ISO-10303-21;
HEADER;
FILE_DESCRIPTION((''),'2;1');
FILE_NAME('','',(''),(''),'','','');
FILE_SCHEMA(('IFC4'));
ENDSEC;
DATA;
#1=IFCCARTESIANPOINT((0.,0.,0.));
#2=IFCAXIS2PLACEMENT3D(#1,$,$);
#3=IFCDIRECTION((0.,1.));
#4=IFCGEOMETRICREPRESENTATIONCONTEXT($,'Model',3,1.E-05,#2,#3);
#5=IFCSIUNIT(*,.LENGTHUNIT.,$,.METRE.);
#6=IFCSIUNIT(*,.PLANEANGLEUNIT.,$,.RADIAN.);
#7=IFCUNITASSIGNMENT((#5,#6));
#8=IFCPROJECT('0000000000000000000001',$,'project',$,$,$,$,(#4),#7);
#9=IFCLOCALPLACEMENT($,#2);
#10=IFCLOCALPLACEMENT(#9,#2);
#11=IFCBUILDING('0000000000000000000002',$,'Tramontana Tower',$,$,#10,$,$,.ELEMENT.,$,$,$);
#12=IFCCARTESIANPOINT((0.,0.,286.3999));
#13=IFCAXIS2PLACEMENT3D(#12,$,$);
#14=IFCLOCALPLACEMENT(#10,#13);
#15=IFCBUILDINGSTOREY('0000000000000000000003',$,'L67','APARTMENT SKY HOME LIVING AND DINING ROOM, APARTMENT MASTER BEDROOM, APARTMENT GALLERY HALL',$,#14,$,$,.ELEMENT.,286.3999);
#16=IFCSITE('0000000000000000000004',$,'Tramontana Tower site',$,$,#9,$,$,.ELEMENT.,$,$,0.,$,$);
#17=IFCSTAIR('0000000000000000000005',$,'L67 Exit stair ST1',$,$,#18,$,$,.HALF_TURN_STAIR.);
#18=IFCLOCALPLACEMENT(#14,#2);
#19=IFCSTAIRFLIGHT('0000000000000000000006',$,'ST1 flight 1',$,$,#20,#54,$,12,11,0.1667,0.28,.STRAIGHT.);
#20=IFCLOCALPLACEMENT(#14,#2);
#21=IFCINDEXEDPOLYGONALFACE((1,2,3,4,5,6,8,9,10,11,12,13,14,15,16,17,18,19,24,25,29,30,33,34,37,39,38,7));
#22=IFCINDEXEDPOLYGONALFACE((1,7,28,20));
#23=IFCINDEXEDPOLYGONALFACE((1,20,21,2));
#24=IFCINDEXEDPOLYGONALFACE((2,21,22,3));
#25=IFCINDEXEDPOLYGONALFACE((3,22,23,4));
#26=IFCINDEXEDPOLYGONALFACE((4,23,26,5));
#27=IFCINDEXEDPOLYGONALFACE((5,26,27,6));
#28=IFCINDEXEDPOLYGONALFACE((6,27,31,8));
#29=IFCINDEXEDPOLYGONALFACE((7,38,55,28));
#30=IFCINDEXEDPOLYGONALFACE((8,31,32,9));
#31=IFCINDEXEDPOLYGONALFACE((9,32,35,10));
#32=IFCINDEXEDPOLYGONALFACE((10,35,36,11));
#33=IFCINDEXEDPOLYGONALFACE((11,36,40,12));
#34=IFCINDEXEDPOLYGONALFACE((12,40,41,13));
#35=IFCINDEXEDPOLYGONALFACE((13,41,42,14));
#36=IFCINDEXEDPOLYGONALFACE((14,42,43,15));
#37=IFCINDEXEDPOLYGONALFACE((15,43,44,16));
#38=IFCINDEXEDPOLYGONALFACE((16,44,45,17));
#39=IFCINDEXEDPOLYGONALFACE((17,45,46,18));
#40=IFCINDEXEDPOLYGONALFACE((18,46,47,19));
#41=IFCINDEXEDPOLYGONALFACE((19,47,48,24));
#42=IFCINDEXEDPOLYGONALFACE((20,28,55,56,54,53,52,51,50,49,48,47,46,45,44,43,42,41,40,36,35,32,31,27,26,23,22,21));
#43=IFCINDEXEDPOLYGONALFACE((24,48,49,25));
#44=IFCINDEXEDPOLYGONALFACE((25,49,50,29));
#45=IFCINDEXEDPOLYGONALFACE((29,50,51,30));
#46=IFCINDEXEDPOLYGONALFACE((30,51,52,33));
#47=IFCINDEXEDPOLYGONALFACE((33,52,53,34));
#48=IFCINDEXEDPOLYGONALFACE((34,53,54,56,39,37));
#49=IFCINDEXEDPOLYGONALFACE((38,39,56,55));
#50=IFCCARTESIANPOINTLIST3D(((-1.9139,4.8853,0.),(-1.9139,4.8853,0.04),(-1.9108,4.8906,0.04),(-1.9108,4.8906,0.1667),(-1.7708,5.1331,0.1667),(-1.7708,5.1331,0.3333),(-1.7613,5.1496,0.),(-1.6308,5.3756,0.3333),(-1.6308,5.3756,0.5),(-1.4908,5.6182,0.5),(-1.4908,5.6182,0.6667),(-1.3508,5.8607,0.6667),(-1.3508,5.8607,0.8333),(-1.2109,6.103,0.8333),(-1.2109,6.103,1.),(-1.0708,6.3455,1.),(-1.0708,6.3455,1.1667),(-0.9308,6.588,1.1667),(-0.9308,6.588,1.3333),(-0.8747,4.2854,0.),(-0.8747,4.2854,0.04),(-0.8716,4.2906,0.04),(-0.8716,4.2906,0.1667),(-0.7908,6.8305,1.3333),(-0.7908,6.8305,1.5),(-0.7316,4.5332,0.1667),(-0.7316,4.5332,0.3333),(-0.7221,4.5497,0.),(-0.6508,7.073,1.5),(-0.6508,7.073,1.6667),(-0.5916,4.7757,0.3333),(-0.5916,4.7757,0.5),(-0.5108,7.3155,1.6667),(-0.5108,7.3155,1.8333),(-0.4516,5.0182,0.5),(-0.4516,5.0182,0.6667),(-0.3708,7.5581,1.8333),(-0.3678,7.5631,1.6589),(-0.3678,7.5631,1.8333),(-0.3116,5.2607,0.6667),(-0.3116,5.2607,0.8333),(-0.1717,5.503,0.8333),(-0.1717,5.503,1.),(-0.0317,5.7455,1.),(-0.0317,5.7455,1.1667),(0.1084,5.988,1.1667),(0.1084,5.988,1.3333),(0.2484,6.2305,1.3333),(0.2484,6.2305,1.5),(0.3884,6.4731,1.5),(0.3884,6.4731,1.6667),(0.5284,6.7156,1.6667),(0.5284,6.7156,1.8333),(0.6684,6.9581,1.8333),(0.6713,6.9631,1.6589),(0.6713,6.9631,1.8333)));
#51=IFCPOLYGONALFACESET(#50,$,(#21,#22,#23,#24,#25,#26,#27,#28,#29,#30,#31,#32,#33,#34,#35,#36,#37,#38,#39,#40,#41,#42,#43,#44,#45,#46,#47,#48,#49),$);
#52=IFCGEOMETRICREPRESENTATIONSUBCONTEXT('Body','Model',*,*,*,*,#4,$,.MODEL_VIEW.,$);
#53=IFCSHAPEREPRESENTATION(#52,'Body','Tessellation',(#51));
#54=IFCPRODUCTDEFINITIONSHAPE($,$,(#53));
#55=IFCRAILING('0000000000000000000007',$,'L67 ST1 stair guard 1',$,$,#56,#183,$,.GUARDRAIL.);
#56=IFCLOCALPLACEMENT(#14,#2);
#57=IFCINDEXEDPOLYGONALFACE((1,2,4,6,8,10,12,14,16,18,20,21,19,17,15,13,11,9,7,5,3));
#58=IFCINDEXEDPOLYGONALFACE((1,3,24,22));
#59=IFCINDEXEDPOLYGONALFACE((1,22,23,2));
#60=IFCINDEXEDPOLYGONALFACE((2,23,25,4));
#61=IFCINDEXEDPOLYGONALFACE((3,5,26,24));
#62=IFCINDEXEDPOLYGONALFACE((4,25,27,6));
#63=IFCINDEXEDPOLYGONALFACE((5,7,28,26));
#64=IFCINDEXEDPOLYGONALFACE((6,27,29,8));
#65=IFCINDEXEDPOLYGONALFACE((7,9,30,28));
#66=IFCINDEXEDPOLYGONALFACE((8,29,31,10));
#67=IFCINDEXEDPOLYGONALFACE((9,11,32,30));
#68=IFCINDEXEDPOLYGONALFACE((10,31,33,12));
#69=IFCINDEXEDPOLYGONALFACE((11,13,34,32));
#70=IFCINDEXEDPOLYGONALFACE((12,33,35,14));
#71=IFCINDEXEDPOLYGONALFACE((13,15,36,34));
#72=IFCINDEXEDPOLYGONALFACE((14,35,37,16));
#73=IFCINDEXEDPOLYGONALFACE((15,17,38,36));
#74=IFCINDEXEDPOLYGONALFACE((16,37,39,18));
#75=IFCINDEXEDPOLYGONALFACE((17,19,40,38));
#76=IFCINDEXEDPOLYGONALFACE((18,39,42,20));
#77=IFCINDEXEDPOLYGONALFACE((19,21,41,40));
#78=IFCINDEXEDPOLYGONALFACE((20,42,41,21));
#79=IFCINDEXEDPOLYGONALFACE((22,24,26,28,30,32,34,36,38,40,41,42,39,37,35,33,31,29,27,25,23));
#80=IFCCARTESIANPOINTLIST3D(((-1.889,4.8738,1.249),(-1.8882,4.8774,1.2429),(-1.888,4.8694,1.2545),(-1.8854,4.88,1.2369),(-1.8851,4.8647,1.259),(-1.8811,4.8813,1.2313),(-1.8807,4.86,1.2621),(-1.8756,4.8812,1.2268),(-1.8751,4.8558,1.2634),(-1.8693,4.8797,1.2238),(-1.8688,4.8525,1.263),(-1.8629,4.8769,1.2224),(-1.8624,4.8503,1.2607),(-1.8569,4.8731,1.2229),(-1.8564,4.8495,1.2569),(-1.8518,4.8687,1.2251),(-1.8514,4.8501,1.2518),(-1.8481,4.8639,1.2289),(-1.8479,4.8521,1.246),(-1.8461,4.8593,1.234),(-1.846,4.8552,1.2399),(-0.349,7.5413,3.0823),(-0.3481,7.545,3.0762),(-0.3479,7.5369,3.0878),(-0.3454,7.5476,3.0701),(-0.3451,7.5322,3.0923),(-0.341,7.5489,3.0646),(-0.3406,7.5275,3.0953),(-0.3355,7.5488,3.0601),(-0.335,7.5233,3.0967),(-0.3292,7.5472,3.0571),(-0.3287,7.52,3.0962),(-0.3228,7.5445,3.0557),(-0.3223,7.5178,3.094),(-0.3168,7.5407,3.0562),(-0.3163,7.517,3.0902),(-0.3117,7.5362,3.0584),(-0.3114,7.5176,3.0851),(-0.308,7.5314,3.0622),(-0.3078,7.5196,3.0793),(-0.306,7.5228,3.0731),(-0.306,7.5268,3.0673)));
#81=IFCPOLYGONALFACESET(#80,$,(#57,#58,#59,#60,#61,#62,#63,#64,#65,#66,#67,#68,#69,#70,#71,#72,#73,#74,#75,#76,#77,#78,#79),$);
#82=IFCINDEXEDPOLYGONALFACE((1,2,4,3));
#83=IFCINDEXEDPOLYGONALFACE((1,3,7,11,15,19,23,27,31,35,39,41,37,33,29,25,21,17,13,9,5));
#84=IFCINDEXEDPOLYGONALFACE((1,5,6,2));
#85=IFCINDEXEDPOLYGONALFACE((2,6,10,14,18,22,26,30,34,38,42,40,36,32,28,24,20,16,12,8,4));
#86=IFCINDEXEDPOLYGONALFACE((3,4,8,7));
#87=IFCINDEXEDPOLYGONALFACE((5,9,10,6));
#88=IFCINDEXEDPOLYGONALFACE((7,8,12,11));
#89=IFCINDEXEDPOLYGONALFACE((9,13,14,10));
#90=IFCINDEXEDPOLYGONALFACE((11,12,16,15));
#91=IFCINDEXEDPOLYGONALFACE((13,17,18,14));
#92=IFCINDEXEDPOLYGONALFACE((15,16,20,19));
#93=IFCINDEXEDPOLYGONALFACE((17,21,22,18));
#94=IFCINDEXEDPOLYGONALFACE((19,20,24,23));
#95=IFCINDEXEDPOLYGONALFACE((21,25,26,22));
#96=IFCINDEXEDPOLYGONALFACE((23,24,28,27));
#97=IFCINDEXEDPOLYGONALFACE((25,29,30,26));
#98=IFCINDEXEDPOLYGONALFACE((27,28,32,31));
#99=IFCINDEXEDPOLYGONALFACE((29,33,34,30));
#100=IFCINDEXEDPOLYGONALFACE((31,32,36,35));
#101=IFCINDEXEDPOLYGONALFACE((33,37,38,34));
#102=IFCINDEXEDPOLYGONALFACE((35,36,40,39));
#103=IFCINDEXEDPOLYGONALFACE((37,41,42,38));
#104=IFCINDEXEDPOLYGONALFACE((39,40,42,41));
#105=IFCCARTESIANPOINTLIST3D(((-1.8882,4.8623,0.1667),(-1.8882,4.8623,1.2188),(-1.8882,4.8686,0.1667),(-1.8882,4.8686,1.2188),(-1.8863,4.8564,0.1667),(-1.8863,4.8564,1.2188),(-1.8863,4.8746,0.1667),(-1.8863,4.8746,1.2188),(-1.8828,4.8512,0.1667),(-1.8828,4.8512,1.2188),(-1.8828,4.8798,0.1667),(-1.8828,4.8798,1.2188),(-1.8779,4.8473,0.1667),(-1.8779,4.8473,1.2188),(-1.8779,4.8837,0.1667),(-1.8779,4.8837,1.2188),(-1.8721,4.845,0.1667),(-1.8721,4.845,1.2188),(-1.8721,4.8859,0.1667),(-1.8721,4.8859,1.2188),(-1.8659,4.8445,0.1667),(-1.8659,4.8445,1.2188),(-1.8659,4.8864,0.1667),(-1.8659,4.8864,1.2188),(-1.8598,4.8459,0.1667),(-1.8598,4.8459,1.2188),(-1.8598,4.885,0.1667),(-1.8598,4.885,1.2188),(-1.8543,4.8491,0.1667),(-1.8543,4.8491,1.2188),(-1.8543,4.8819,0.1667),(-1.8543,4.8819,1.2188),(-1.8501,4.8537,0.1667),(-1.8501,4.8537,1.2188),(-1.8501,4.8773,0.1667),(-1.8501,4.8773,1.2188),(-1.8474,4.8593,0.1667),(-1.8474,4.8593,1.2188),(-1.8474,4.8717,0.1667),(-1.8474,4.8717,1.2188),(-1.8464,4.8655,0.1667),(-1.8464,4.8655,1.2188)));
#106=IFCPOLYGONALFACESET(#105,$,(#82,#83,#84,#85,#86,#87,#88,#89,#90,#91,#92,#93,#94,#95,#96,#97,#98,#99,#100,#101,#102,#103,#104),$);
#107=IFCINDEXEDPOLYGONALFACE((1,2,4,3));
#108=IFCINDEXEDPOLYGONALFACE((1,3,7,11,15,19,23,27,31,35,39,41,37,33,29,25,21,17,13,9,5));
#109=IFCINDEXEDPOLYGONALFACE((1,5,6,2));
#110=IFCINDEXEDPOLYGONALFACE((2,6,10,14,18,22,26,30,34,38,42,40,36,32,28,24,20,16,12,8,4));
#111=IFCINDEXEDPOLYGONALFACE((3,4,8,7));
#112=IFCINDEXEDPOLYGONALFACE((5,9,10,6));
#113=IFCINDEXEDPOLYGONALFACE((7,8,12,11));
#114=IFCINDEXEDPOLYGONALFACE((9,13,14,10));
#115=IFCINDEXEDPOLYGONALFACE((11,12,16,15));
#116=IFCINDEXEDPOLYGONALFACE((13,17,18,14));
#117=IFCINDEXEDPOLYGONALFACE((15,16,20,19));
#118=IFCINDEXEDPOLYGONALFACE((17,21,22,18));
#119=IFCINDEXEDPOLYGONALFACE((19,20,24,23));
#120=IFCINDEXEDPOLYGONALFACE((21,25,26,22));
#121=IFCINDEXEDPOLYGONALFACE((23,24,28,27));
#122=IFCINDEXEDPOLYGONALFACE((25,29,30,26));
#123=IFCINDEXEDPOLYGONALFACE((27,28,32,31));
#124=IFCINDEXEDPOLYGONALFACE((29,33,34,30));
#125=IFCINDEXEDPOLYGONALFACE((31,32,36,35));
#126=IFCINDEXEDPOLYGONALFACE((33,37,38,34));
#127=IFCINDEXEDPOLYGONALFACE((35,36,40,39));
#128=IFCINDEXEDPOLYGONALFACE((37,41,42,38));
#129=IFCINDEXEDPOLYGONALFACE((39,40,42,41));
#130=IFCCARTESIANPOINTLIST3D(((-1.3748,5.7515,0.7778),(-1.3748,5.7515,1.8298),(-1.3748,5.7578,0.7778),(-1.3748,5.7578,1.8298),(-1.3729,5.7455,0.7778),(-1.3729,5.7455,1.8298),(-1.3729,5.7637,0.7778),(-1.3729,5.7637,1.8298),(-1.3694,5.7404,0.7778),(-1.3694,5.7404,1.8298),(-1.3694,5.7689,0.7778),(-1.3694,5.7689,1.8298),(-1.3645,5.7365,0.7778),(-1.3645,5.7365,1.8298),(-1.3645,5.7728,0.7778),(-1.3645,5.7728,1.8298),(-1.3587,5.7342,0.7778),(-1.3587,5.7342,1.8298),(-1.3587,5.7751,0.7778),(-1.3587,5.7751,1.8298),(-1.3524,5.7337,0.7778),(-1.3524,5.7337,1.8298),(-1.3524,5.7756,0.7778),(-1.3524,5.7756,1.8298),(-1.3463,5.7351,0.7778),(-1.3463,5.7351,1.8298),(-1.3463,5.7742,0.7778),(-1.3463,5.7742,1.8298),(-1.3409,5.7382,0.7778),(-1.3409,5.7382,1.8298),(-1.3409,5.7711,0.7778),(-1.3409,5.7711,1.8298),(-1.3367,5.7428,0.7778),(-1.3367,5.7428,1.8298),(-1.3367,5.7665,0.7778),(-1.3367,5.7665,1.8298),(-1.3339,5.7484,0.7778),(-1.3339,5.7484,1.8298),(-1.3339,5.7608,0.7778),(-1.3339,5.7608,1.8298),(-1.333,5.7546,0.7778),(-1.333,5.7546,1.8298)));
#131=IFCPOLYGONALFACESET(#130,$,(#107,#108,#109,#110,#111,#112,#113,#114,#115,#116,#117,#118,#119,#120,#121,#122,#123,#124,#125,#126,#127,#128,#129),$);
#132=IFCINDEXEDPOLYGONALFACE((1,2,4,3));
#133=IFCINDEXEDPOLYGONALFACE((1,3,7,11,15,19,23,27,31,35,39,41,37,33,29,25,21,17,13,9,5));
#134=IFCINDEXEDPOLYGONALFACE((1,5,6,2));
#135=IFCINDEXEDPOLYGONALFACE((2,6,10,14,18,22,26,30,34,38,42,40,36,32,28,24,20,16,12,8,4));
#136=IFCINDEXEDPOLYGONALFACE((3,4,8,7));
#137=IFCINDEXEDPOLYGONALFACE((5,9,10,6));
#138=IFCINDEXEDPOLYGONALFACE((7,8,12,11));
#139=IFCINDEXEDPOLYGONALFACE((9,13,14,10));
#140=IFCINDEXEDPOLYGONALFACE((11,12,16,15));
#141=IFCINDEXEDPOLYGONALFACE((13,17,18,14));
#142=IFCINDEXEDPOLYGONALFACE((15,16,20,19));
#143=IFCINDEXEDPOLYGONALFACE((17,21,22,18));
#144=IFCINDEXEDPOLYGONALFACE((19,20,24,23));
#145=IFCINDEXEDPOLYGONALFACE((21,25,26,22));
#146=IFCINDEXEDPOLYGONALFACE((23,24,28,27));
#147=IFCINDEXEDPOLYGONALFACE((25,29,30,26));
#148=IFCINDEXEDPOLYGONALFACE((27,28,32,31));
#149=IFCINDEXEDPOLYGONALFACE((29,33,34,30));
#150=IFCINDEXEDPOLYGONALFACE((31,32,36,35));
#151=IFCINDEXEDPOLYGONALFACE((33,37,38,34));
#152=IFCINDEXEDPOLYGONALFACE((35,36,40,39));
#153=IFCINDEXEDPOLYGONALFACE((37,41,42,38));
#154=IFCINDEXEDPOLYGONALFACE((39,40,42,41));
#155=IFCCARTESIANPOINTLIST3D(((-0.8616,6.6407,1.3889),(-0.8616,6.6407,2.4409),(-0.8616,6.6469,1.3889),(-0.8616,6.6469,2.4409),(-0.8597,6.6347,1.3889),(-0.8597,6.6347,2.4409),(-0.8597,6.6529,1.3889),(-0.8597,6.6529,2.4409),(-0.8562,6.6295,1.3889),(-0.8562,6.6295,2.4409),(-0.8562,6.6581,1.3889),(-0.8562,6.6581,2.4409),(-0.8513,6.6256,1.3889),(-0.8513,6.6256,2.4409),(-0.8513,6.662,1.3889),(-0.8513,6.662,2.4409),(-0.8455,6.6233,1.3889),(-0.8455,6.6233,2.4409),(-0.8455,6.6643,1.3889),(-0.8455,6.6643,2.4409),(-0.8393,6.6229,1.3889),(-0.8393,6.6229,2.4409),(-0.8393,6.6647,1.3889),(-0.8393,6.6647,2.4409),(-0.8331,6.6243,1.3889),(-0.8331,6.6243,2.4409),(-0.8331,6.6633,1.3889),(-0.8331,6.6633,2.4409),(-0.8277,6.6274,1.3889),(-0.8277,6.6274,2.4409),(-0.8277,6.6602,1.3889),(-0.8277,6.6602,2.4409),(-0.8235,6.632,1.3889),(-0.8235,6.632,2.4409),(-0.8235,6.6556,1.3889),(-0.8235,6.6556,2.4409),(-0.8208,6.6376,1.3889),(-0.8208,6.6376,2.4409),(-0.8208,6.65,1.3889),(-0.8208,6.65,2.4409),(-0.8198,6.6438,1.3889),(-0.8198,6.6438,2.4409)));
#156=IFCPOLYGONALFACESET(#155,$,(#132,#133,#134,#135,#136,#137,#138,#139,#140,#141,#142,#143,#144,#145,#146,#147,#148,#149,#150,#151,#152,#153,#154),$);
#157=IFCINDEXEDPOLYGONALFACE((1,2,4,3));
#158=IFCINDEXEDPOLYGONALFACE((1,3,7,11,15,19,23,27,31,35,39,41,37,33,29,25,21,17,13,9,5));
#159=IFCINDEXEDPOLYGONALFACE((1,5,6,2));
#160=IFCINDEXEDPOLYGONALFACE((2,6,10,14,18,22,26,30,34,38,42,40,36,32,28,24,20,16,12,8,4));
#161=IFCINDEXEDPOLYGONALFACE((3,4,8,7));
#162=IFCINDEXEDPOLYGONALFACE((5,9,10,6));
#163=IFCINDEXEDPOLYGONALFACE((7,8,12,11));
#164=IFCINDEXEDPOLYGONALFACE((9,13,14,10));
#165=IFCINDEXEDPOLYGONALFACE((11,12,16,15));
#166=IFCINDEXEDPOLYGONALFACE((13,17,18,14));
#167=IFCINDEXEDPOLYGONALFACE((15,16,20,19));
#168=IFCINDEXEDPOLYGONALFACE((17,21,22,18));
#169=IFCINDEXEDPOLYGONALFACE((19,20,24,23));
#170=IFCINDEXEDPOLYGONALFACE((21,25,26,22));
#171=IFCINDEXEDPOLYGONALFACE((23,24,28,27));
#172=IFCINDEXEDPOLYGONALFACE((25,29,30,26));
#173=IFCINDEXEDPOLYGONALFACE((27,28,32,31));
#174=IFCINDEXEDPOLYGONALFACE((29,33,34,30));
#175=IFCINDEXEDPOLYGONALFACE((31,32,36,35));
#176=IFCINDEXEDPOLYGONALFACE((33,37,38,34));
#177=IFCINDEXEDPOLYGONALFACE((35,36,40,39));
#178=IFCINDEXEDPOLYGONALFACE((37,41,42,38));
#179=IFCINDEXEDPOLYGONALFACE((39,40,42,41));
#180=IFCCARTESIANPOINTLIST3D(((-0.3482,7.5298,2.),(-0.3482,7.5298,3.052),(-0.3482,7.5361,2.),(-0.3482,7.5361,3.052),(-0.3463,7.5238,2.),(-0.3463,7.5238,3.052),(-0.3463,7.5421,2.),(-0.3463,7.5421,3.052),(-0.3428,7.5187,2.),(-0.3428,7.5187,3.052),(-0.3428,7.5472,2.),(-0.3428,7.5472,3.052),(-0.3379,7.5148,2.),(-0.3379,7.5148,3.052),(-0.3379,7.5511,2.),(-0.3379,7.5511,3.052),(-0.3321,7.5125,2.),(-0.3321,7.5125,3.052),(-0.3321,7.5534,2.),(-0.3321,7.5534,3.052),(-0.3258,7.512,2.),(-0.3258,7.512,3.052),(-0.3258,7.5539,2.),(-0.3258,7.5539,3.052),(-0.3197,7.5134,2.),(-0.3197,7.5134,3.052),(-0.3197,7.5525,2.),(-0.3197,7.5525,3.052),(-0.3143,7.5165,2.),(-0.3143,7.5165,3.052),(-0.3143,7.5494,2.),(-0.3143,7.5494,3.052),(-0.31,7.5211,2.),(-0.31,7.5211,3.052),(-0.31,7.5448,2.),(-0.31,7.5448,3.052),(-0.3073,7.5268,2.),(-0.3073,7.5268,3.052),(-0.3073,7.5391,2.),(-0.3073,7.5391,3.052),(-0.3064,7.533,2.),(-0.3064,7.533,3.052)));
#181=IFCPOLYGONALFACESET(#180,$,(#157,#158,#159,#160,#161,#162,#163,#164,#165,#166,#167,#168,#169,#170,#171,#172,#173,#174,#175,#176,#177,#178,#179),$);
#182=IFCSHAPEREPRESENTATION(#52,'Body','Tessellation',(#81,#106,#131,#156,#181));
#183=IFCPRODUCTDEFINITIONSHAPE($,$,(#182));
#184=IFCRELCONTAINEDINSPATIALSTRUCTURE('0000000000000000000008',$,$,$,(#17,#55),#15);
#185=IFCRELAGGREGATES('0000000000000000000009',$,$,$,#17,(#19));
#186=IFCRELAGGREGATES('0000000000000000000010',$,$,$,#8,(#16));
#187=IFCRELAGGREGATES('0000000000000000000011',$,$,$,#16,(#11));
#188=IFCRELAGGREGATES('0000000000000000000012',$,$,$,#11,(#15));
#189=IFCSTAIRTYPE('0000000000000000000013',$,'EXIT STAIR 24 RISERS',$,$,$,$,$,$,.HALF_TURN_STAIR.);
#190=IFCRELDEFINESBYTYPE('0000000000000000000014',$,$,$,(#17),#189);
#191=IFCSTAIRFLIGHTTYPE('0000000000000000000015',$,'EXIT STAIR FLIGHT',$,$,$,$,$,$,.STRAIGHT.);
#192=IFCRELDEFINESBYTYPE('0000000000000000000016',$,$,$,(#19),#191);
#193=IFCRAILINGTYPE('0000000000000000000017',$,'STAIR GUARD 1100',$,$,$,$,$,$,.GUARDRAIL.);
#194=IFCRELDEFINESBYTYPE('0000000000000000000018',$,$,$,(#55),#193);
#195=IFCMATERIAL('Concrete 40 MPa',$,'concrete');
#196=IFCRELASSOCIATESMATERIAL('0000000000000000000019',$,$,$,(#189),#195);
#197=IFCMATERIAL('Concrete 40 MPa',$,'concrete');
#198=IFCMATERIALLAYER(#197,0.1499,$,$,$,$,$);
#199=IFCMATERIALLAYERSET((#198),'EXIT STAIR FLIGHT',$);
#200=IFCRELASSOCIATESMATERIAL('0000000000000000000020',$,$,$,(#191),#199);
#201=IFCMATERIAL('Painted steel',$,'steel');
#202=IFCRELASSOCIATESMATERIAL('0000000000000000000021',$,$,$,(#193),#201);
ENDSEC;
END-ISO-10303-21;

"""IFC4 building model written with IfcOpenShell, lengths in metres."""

from ifc_helpers import new_model, si_unit, direction, frame, origin, origin_2d, place, context, subcontext, project, spatial, polyline, circle, outline, extrude, material, layer, layer_set, type_object, element, aggregate, save


model = new_model("IFC4")

# Units and contexts
model_context = context("Model", 3, precision=1e-05, world=origin(), true_north=direction((0.0, 1.0)))
body_context = subcontext(model_context, "Body", "Model", "MODEL_VIEW")
ifc_project = project(units=[si_unit("LENGTHUNIT", "METRE"), si_unit("PLANEANGLEUNIT", "RADIAN")], contexts=[model_context])

# Site, building, storey
site_placement = place(None, origin())
site = spatial("IfcSite", under=ifc_project, at=site_placement, Name="Tramontana Tower site", CompositionType="ELEMENT", RefElevation=0.0)
building_placement = place(site_placement, origin())
building = spatial("IfcBuilding", under=site, at=building_placement, Name="Tramontana Tower", CompositionType="ELEMENT")
storey_placement = place(building_placement, frame((0.0, 0.0, 286.3999)))
storey = spatial("IfcBuildingStorey", under=building, at=storey_placement, Name="L67", Description="APARTMENT SKY HOME LIVING AND DINING ROOM, APARTMENT MASTER BEDROOM, APARTMENT GALLERY HALL", CompositionType="ELEMENT", Elevation=286.3999)

# Stair, stair flight
ifc_material_1 = material(Name="Concrete 40 MPa", Category="concrete")
stair_type = type_object("IfcStairType", Name="EXIT STAIR 24 RISERS", PredefinedType="HALF_TURN_STAIR", material=ifc_material_1)
stair_placement = place(storey_placement, origin())
stair = element("IfcStair", 1, at=stair_placement, inside=storey, type_object=stair_type, Name="L67 Exit stair ST1", PredefinedType="HALF_TURN_STAIR")
ifc_material_2 = material(Name="Concrete 40 MPa", Category="concrete")
ifc_layer_1 = layer(ifc_material_2, 0.1499)
ifc_layer_set_1 = layer_set([ifc_layer_1], Name="EXIT STAIR FLIGHT")
stair_flight_type = type_object("IfcStairFlightType", Name="EXIT STAIR FLIGHT", PredefinedType="STRAIGHT", material=ifc_layer_set_1)
stair_flight_placement = place(storey_placement, frame((-1.3911, 4.5906, 0.0), z_axis=(0.0, 0.0, 1.0), x_axis=(0.5, 0.866025, 0.0)))
stair_flight = element("IfcStairFlight", 2, at=stair_flight_placement, type_object=stair_flight_type, Name="ST1 flight 1", NumberOfRisers=12, NumberOfTreads=11, PredefinedType="STRAIGHT", RiserHeight=0.1667, TreadLength=0.28, context=body_context, shape_type="SweptSolid", body=[
    extrude(outline(polyline([(-0.0061, 0.0), (-0.0061, 0.04), (0.0, 0.04), (0.0, 0.1667), (0.28, 0.1667), (0.28, 0.3333), (0.5601, 0.3333), (0.5601, 0.5), (0.8401, 0.5), (0.8401, 0.6667), (1.1201, 0.6667), (1.1201, 0.8333), (1.3999, 0.8333), (1.3999, 1.0), (1.6799, 1.0), (1.6799, 1.1667), (1.96, 1.1667), (1.96, 1.3333), (2.24, 1.3333), (2.24, 1.5), (2.52, 1.5), (2.52, 1.6667), (2.8, 1.6667), (2.8, 1.8333), (3.0801, 1.8333), (3.0859, 1.8333), (3.0859, 1.6589), (0.2991, 0.0), (-0.0061, 0.0)])), frame((0.0, 0.6001, 0.0), z_axis=(0.0, -1.0, 0.0), x_axis=(1.0, 0.0, 0.0)), (0.0, 0.0, 1.0), 1.2),
])
aggregate(stair, [stair_flight])

# Railing
ifc_material_3 = material(Name="Painted steel", Category="steel")
railing_type_1 = type_object("IfcRailingType", Name="STAIR GUARD 1100", PredefinedType="GUARDRAIL", material=ifc_material_3)
railing_1_placement = place(storey_placement, frame((-1.8674, 4.8655, 0.1667)))
element("IfcRailing", 3, at=railing_1_placement, inside=storey, type_object=railing_type_1, Name="L67 ST1 stair guard 1", PredefinedType="GUARDRAIL", context=body_context, shape_type="SweptSolid", body=[
    extrude(circle(Radius=0.0239, at=origin_2d()), frame((0.0, 0.0, 1.0762), z_axis=(0.429649, 0.74419, 0.511452), x_axis=(-0.86603, 0.499992, 0.0)), (0.0, 0.0, 1.0), 3.5845),
    extrude(circle(Radius=0.021, at=origin_2d()), origin(), (0.0, 0.0, 1.0), 1.052),
    extrude(circle(Radius=0.021, at=origin_2d()), frame((0.5134, 0.8892, 0.6111)), (0.0, 0.0, 1.0), 1.052),
    extrude(circle(Radius=0.021, at=origin_2d()), frame((1.0266, 1.7783, 1.2222)), (0.0, 0.0, 1.0), 1.052),
    extrude(circle(Radius=0.021, at=origin_2d()), frame((1.54, 2.6675, 1.8333)), (0.0, 0.0, 1.0), 1.052),
])

save(model, "model.ifc")
